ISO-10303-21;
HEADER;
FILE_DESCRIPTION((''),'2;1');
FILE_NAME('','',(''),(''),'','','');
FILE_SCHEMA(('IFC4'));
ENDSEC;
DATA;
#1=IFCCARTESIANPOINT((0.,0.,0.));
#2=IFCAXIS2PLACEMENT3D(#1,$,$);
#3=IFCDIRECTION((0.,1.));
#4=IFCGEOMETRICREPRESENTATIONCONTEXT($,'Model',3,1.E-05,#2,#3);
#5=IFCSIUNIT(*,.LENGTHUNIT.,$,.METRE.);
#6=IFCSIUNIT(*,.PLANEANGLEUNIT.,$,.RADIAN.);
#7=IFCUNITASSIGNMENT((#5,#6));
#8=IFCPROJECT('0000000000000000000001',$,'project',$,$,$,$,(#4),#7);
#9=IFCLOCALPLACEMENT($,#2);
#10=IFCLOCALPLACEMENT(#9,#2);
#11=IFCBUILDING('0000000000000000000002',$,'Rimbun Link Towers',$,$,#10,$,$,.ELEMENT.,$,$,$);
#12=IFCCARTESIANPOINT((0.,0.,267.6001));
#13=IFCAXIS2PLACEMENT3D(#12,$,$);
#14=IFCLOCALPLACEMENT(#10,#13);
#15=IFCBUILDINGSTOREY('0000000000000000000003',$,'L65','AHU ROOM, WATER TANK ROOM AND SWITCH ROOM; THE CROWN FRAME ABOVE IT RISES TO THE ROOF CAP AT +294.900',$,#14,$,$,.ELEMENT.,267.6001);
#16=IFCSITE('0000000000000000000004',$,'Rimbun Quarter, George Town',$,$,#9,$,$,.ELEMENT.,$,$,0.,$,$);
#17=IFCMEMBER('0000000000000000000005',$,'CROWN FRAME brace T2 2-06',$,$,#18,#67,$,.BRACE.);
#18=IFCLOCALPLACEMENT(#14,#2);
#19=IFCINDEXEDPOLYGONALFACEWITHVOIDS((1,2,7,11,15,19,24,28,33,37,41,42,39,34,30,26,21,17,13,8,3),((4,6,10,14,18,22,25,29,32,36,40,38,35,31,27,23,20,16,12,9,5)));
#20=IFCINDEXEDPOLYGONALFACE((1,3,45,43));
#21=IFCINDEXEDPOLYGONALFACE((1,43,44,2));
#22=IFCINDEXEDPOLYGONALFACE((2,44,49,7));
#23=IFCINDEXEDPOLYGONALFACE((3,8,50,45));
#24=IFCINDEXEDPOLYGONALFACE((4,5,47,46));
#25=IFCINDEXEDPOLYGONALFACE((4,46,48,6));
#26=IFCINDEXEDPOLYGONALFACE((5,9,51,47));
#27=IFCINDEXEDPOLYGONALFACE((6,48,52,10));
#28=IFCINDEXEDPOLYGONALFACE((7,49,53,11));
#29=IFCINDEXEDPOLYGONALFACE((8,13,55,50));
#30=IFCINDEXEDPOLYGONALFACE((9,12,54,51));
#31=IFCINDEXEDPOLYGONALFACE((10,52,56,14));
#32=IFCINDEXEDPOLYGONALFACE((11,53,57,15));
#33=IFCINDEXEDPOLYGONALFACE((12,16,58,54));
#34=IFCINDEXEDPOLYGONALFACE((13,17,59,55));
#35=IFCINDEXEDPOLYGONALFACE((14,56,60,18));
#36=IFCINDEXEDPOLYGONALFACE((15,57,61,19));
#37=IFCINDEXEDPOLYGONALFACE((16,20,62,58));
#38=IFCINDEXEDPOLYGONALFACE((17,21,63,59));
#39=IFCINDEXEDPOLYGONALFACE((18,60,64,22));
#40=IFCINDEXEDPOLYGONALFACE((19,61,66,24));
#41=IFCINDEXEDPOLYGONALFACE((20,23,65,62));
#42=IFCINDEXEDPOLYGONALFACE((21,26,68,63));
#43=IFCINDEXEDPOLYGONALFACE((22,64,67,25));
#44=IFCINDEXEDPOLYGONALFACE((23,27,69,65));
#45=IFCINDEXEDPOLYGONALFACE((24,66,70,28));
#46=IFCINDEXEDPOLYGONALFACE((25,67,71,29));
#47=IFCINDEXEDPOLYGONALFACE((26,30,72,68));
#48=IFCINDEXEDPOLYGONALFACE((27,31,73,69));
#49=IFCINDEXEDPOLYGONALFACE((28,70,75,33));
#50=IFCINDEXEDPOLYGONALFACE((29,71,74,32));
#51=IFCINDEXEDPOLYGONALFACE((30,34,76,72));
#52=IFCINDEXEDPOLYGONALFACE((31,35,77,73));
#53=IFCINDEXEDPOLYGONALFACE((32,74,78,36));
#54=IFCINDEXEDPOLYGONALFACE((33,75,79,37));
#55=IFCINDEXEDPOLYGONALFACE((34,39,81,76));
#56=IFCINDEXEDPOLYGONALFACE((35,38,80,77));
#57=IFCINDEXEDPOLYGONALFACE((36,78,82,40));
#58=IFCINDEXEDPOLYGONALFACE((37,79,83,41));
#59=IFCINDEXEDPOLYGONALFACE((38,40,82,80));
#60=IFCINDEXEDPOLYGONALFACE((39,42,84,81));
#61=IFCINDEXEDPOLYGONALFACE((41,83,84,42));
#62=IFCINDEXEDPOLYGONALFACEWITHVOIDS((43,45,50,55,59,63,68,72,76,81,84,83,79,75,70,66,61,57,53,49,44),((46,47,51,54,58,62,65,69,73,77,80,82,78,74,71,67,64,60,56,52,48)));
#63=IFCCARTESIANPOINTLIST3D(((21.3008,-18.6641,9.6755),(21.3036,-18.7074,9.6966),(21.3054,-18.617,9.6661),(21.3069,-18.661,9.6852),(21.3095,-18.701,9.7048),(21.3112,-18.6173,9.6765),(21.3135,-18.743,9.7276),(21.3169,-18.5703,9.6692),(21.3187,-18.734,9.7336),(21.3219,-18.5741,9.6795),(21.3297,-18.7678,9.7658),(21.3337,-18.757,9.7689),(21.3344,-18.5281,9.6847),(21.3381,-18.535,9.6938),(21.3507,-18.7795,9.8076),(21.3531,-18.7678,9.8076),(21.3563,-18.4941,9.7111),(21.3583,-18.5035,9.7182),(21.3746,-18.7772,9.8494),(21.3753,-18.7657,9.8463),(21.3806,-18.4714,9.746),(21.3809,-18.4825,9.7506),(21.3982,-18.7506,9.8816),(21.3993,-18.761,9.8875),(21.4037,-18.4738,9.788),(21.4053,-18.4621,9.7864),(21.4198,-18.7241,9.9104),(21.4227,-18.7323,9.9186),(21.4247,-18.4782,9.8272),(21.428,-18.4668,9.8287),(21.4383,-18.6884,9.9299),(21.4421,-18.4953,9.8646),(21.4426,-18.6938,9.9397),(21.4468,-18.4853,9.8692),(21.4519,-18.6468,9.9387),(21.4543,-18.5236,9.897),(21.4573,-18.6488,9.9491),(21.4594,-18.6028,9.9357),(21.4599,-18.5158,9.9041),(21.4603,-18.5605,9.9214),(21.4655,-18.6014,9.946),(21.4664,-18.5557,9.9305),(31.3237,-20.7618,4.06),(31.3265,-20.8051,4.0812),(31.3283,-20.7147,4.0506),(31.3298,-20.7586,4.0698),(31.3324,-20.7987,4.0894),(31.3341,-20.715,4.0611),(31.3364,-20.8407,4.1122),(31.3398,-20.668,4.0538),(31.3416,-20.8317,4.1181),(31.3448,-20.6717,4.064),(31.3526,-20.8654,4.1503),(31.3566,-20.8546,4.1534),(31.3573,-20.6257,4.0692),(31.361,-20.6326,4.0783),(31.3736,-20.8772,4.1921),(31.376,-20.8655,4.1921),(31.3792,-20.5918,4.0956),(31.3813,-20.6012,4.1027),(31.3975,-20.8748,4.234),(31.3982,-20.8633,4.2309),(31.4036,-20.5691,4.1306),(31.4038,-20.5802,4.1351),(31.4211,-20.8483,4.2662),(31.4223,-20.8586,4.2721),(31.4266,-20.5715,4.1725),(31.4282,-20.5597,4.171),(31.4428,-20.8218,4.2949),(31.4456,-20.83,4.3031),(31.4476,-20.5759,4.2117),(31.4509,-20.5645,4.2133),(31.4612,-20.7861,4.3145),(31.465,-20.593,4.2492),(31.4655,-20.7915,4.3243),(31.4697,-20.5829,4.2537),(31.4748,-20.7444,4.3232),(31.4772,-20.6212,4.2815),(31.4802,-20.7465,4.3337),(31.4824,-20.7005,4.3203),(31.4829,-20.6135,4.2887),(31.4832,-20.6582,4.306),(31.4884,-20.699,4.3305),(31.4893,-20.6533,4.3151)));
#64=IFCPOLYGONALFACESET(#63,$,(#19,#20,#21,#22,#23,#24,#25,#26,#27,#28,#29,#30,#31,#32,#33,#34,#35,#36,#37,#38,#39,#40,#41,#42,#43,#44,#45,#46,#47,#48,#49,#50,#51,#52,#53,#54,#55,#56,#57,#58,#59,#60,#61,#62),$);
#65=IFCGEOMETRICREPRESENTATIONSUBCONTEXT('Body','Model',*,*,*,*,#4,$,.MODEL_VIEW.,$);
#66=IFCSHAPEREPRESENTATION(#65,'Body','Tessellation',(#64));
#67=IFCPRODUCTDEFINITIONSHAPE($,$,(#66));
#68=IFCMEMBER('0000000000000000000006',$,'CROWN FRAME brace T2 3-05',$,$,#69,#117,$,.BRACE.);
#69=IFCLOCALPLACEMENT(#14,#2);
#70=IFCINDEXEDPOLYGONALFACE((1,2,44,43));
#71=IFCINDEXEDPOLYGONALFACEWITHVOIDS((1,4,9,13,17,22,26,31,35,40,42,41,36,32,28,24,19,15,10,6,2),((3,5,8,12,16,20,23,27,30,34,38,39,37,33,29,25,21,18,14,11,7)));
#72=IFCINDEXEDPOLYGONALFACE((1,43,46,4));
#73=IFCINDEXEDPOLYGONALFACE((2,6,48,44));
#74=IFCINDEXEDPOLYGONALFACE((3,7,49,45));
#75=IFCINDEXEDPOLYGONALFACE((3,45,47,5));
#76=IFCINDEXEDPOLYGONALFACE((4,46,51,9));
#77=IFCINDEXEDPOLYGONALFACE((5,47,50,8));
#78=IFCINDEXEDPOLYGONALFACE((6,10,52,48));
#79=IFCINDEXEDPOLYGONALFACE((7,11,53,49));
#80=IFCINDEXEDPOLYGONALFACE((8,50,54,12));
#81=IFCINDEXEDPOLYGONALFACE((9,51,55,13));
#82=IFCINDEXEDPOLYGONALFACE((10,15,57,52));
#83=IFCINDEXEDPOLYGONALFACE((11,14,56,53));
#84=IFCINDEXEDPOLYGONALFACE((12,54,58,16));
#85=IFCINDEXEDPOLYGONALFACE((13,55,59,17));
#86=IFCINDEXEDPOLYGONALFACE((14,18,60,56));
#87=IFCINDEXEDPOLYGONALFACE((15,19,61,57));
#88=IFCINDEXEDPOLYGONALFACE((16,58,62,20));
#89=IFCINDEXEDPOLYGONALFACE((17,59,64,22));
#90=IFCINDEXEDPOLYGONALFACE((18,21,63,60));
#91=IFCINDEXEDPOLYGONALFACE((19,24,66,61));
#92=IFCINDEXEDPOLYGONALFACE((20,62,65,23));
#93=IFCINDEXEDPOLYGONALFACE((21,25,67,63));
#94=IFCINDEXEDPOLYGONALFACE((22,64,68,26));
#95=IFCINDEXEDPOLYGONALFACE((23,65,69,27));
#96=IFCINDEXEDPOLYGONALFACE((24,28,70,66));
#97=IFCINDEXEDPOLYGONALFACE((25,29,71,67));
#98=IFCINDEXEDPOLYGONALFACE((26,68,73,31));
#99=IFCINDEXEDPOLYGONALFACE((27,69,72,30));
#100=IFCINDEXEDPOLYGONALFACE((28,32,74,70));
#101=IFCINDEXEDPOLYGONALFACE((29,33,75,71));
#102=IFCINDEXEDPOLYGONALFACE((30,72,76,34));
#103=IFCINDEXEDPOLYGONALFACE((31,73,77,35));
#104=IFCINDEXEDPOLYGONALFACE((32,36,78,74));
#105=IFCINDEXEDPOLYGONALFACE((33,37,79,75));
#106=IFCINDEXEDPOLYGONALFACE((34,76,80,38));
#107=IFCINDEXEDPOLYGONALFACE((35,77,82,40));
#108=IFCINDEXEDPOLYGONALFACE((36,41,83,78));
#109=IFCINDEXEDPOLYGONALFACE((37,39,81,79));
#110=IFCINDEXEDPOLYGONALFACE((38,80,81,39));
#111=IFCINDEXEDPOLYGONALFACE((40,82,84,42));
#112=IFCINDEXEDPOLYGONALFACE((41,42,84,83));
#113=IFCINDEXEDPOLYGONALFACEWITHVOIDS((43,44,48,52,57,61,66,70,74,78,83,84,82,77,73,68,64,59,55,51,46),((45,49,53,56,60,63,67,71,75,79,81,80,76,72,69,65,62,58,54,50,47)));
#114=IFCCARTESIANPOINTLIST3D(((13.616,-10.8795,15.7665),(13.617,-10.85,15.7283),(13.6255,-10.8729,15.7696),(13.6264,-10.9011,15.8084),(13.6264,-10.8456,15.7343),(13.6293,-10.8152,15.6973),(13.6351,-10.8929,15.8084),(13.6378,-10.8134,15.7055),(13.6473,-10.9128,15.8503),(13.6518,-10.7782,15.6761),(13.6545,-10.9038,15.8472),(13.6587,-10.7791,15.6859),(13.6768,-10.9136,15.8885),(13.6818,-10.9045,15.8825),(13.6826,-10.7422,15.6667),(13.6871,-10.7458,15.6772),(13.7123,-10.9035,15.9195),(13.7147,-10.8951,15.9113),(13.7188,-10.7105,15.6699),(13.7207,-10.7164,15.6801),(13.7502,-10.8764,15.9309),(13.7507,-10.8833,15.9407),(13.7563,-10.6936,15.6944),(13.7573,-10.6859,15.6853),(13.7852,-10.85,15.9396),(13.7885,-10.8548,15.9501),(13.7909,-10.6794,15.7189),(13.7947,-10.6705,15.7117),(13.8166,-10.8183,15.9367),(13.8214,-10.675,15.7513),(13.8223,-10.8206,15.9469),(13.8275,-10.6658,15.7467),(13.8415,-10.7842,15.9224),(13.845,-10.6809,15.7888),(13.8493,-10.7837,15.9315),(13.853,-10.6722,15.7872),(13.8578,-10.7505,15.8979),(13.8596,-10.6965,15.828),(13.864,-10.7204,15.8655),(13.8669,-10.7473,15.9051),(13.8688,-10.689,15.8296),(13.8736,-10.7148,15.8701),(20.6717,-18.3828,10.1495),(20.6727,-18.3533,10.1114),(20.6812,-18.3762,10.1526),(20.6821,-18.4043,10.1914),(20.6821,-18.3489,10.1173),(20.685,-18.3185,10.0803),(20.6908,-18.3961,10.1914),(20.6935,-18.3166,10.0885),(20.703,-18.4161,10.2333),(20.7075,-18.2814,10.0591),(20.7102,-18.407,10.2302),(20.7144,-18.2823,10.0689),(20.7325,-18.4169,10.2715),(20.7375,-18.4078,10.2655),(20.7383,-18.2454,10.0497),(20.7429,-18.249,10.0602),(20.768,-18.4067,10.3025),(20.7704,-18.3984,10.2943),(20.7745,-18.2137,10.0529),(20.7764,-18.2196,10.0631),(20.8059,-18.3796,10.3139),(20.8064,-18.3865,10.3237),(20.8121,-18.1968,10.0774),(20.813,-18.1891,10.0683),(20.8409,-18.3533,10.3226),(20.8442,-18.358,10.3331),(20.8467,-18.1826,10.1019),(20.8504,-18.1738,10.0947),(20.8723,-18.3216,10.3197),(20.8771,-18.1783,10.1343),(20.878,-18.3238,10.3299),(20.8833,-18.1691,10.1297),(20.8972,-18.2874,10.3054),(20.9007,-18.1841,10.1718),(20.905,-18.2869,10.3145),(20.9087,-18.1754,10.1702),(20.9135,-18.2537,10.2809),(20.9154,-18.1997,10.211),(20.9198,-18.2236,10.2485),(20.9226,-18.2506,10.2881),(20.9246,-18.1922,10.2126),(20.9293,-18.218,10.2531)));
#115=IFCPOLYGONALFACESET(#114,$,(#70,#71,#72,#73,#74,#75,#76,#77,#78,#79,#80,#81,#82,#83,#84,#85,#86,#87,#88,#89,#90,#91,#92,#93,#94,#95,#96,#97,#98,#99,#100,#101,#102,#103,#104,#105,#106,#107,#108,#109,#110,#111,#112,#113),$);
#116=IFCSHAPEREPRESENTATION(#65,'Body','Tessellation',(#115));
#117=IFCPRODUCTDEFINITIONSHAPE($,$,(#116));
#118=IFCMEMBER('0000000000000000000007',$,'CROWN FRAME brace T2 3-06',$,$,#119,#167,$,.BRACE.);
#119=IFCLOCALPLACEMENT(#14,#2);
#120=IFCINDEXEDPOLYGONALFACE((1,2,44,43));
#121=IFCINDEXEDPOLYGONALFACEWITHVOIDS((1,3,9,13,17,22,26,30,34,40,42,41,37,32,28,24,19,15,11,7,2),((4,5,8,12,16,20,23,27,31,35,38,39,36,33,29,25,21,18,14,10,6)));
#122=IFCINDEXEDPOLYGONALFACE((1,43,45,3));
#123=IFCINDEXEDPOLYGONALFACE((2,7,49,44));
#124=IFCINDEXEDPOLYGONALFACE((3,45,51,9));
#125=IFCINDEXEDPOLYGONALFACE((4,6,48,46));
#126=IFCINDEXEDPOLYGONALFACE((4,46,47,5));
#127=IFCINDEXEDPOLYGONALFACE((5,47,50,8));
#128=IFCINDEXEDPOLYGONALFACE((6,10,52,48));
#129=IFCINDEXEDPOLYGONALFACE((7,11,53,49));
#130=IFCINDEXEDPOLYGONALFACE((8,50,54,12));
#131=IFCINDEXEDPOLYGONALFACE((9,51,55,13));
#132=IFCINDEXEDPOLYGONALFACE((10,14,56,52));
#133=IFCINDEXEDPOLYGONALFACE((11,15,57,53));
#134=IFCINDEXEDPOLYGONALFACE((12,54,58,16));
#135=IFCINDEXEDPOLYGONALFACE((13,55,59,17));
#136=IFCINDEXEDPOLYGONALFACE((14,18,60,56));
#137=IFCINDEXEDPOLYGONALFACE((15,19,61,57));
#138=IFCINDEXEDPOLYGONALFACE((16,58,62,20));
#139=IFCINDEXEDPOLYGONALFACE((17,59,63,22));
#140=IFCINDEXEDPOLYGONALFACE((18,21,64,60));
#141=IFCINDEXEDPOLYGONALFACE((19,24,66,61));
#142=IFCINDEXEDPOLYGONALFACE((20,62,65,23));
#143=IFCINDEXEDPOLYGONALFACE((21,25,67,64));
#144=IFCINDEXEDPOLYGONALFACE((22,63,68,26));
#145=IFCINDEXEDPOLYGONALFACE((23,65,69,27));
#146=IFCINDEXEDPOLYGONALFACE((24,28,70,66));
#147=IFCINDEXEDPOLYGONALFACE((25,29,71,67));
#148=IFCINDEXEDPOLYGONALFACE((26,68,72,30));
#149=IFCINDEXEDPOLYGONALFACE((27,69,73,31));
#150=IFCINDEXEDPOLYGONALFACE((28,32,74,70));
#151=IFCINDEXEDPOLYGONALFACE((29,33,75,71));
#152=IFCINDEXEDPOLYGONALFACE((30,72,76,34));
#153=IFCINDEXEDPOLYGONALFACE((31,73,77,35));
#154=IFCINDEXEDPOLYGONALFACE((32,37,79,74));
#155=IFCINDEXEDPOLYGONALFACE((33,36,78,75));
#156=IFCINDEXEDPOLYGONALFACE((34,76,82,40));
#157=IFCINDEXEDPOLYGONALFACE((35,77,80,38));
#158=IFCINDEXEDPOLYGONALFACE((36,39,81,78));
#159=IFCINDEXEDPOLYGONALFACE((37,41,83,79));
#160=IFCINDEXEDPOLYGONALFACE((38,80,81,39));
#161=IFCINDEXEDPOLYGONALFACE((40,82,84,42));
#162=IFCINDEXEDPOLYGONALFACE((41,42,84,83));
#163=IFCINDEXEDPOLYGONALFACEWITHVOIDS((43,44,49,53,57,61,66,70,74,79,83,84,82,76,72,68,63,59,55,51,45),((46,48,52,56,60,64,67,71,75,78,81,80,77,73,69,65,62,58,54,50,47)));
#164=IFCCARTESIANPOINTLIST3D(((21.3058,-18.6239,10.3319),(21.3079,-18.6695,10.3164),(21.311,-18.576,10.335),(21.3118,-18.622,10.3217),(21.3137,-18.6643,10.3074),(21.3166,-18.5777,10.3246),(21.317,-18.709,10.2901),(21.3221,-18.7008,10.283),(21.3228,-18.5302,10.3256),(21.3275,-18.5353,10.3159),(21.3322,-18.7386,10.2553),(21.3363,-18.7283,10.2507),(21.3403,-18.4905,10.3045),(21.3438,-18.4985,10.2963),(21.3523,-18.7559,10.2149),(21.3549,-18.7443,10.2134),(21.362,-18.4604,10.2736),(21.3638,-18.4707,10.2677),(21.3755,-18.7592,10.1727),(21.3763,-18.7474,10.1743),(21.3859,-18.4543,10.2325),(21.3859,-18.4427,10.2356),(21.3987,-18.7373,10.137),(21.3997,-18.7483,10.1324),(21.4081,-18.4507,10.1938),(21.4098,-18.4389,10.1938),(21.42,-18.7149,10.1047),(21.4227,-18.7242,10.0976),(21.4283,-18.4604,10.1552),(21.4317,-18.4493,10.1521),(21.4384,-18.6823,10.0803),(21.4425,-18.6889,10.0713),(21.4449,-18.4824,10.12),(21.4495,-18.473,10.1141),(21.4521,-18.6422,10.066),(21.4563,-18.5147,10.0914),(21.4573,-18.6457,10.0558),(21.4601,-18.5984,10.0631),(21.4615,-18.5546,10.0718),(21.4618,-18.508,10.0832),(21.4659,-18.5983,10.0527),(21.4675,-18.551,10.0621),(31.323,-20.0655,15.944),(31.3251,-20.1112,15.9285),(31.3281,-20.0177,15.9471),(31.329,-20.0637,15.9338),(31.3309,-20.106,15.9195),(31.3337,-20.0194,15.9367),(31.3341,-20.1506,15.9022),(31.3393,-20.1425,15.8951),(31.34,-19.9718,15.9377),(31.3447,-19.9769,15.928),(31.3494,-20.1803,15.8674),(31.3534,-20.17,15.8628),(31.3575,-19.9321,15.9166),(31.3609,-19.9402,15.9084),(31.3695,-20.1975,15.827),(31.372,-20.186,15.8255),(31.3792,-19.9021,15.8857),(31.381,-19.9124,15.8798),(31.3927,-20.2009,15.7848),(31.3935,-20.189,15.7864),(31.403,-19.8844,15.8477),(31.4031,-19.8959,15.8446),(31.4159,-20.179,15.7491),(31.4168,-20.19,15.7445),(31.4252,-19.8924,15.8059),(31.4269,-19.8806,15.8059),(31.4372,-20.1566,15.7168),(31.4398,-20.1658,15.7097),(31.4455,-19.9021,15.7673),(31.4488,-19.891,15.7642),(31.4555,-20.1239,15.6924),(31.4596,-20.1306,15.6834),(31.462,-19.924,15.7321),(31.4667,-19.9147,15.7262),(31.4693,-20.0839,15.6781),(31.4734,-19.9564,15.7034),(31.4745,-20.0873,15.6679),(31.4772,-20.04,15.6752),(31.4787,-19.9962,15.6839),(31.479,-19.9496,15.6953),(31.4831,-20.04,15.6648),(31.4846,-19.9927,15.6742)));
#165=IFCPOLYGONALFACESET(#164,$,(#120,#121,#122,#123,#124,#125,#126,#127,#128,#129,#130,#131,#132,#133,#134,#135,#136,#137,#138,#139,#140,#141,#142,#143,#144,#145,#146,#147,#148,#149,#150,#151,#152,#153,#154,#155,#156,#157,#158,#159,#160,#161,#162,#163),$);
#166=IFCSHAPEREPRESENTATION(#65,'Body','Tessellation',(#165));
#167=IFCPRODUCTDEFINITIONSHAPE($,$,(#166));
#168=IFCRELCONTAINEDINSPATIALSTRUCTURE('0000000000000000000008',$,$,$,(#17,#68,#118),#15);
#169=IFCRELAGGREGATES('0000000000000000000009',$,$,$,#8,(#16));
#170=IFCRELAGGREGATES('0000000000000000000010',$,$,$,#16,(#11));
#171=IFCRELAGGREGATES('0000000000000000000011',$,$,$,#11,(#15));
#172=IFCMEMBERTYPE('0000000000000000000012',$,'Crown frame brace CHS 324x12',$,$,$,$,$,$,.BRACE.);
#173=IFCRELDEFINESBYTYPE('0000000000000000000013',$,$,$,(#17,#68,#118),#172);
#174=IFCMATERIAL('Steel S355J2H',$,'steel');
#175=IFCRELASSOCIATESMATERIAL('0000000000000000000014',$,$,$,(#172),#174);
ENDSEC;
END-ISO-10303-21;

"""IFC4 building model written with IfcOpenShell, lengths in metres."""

from ifc_helpers import new_model, si_unit, direction, frame, origin, origin_2d, place, context, subcontext, project, spatial, hollow_circle, extrude, material, material_profile, profile_set, type_object, element, save


model = new_model("IFC4")

# Units and contexts
model_context = context("Model", 3, precision=1e-05, world=origin(), true_north=direction((0.0, 1.0)))
body_context = subcontext(model_context, "Body", "Model", "MODEL_VIEW")
ifc_project = project(units=[si_unit("LENGTHUNIT", "METRE"), si_unit("PLANEANGLEUNIT", "RADIAN")], contexts=[model_context])

# Site, building, storey
site_placement = place(None, origin())
site = spatial("IfcSite", under=ifc_project, at=site_placement, Name="Rimbun Quarter, George Town", CompositionType="ELEMENT", RefElevation=0.0)
building_placement = place(site_placement, origin())
building = spatial("IfcBuilding", under=site, at=building_placement, Name="Rimbun Link Towers", CompositionType="ELEMENT")
storey_placement = place(building_placement, frame((0.0, 0.0, 267.6001)))
storey = spatial("IfcBuildingStorey", under=building, at=storey_placement, Name="L65", Description="AHU ROOM, WATER TANK ROOM AND SWITCH ROOM; THE CROWN FRAME ABOVE IT RISES TO THE ROOF CAP AT +294.900", CompositionType="ELEMENT", Elevation=267.6001)

# Members
ifc_material_1 = material(Name="Steel S355J2H", Category="steel")
ifc_material_profile_1 = material_profile(ifc_material_1, hollow_circle(Radius=0.1619, WallThickness=0.012, at=origin_2d()), Name="Crown frame brace CHS 324x12")
ifc_profile_set_1 = profile_set([ifc_material_profile_1], Name="Steel S355J2H")
member_type_1 = type_object("IfcMemberType", Name="Crown frame brace CHS 324x12", PredefinedType="BRACE", material=ifc_profile_set_1)
member_1_placement = place(storey_placement, frame((31.4067, -20.7188, 4.1921), z_axis=(-0.858221, 0.179613, 0.480829), x_axis=(-0.204847, -0.978794, 0.0)))
element("IfcMember", 1, at=member_1_placement, inside=storey, type_object=member_type_1, Name="CROWN FRAME brace T2 2-06", PredefinedType="BRACE", context=body_context, shape_type="SweptSolid", body=[
    extrude(hollow_circle(Radius=0.1619, WallThickness=0.012, at=origin_2d()), origin(), (0.0, 0.0, 1.0), 11.6787),
])
member_2_placement = place(storey_placement, frame((20.8, -18.2935, 10.1914), z_axis=(-0.601425, 0.63957, 0.478788), x_axis=(-0.728498, -0.685048, 0.0)))
element("IfcMember", 2, at=member_2_placement, inside=storey, type_object=member_type_1, Name="CROWN FRAME brace T2 3-05", PredefinedType="BRACE", context=body_context, shape_type="SweptSolid", body=[
    extrude(hollow_circle(Radius=0.1619, WallThickness=0.012, at=origin_2d()), origin(), (0.0, 0.0, 1.0), 11.7317),
])
member_3_placement = place(storey_placement, frame((21.3867, -18.5991, 10.1938), z_axis=(0.865617, -0.124579, 0.484961), x_axis=(0.142451, 0.989802, 0.0)))
element("IfcMember", 3, at=member_3_placement, inside=storey, type_object=member_type_1, Name="CROWN FRAME brace T2 3-06", PredefinedType="BRACE", context=body_context, shape_type="SweptSolid", body=[
    extrude(hollow_circle(Radius=0.1619, WallThickness=0.012, at=origin_2d()), origin(), (0.0, 0.0, 1.0), 11.5723),
])

save(model, "model.ifc")
